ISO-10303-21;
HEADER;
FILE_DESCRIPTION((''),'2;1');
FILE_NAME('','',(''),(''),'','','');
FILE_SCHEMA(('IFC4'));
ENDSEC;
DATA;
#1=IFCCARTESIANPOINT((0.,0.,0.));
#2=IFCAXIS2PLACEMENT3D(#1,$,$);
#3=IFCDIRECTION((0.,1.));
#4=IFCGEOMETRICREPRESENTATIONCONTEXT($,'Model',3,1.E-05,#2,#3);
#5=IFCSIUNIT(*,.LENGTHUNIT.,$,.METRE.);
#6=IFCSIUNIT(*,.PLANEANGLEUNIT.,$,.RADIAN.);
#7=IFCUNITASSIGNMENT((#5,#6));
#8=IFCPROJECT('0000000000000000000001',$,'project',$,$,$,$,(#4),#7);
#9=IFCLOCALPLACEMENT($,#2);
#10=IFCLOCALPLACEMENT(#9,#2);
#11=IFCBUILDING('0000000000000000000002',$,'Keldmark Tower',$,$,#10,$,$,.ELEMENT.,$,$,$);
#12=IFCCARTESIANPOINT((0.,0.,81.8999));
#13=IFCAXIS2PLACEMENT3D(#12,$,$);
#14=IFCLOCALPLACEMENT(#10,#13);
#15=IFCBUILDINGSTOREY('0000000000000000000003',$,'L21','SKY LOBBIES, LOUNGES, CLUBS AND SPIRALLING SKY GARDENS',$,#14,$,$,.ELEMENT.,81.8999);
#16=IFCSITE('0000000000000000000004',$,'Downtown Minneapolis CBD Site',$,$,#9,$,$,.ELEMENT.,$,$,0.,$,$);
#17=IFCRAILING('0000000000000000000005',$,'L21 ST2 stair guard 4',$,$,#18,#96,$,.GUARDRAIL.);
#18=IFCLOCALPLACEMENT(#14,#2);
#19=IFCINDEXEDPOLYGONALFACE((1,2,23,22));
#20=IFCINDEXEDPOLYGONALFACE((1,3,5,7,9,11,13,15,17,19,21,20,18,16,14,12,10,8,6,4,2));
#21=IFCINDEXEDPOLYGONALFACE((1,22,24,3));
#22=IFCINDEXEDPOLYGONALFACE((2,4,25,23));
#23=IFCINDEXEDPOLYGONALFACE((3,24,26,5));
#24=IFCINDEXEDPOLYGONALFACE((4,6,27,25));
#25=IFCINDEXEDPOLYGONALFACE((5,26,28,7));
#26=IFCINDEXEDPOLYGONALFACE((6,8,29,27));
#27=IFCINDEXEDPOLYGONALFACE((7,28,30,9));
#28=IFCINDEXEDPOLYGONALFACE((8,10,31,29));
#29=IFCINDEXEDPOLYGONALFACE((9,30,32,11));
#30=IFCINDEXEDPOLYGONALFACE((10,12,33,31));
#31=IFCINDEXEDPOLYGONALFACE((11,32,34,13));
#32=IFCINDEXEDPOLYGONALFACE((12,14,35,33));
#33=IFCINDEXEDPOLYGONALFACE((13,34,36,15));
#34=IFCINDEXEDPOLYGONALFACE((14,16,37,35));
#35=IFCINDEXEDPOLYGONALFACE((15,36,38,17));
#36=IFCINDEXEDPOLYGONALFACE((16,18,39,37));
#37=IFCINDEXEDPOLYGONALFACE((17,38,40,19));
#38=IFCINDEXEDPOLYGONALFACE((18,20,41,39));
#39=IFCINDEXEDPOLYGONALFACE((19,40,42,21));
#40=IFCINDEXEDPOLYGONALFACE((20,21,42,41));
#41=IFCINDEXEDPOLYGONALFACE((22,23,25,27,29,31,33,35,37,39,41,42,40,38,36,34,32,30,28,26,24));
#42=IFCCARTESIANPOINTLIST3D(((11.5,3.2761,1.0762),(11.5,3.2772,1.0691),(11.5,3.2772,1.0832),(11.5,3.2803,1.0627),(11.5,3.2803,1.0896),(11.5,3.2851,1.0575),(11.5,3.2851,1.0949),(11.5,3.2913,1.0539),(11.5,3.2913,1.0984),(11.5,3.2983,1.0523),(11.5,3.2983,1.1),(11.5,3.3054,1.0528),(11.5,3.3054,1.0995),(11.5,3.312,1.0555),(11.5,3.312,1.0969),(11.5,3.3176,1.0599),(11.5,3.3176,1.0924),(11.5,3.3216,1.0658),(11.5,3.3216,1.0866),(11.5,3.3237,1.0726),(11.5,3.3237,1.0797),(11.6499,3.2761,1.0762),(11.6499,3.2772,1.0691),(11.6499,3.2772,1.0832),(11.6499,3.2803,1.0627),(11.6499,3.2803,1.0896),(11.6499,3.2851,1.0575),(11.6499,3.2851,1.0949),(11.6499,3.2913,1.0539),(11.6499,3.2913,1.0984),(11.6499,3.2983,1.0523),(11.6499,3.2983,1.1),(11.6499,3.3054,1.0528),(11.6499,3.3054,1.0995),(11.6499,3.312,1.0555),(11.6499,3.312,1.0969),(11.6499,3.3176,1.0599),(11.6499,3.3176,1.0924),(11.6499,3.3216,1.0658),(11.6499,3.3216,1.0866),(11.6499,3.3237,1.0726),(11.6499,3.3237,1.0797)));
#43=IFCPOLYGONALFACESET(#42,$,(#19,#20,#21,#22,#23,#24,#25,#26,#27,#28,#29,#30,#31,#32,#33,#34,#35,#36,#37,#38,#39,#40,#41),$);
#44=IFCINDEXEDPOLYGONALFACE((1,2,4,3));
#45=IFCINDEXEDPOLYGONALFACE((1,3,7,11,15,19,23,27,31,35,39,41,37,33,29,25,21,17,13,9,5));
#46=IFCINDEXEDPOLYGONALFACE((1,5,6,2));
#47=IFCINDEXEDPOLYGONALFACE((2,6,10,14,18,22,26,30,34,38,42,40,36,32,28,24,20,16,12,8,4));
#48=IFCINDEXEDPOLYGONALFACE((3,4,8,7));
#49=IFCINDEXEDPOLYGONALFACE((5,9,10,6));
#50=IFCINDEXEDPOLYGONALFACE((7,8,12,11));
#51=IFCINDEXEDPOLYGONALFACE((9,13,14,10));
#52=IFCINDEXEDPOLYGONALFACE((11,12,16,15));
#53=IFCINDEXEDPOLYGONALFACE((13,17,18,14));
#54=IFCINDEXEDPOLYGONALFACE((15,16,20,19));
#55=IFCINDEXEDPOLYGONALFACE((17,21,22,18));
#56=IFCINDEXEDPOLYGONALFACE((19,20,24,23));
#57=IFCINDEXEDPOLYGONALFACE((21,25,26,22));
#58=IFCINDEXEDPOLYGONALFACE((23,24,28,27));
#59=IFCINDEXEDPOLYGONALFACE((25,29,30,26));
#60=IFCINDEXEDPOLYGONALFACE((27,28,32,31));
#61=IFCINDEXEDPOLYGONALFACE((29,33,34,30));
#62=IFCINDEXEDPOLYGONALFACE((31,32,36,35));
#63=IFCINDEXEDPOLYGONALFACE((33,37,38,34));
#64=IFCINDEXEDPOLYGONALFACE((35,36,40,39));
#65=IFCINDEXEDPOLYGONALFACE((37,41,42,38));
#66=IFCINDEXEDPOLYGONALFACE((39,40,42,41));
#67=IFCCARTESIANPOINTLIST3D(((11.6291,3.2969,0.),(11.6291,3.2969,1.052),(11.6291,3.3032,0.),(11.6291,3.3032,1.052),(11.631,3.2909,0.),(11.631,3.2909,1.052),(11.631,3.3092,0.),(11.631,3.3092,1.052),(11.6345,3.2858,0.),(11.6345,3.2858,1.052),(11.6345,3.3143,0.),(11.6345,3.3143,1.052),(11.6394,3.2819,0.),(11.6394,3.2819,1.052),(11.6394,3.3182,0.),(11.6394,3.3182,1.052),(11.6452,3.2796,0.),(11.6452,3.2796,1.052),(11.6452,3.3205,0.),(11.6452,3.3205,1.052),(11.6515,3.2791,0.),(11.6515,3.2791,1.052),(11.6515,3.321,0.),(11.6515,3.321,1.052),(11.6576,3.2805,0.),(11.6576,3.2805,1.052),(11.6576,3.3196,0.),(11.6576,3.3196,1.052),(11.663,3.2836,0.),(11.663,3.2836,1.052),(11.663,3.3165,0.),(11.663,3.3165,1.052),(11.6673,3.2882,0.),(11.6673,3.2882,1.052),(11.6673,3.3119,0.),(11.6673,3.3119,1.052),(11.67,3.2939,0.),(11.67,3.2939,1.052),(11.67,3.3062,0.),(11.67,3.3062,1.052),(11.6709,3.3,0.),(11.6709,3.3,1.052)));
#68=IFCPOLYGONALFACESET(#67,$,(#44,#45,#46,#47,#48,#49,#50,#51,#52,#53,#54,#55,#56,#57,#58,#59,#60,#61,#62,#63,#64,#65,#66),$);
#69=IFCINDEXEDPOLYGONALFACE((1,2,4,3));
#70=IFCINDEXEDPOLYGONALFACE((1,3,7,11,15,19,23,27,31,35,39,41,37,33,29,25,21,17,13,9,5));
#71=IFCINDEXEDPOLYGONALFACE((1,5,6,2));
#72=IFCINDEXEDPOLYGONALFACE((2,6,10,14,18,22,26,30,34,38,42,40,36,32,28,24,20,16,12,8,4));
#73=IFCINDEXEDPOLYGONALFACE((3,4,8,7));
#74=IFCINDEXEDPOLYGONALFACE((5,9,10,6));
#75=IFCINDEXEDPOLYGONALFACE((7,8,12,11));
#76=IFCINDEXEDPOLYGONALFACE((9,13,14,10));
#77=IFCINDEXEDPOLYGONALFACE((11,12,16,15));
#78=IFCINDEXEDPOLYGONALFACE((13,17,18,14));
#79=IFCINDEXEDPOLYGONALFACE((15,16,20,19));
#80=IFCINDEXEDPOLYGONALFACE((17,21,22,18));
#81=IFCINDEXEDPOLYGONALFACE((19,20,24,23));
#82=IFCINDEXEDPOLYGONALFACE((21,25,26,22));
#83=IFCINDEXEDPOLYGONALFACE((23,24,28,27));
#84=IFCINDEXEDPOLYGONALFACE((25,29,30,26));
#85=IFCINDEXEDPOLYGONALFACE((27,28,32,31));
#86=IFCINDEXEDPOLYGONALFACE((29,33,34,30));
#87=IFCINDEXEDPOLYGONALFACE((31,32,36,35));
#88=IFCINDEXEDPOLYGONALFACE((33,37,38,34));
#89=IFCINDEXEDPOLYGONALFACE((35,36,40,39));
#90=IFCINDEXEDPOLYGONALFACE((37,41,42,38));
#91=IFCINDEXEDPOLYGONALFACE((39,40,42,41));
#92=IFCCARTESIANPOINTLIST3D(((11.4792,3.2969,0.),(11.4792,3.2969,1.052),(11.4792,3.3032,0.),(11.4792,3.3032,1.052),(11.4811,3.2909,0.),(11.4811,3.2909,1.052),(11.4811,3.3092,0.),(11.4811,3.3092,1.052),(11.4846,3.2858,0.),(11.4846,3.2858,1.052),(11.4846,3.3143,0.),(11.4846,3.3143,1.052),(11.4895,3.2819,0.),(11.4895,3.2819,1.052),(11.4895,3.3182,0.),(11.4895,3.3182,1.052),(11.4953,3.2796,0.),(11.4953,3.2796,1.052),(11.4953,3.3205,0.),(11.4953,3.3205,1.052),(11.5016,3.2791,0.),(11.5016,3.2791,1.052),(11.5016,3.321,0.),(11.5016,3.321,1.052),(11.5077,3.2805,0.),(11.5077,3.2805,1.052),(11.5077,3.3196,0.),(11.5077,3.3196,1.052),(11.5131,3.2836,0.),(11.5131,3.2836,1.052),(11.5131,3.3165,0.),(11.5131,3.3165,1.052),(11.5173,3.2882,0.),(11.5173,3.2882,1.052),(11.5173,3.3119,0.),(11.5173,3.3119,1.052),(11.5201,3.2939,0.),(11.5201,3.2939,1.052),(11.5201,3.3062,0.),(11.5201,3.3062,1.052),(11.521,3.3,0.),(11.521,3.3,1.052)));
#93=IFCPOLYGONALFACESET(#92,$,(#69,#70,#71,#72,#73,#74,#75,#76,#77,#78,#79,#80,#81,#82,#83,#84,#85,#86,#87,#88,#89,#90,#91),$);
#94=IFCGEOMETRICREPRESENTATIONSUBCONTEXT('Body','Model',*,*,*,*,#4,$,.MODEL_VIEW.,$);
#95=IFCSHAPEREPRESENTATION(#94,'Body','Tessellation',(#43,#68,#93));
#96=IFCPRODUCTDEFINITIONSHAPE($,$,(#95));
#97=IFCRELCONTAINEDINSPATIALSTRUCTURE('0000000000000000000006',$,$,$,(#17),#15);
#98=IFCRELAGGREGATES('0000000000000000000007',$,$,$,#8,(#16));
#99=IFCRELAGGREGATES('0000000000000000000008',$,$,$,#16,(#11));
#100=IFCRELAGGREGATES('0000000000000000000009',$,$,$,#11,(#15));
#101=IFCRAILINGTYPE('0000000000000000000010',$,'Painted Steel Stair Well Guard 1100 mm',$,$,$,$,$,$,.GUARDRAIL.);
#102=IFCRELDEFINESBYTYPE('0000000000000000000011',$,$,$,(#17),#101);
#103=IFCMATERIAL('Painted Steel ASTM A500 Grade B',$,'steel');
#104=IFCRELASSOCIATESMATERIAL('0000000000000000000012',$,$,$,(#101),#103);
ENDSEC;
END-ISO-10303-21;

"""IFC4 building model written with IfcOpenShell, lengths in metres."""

from ifc_helpers import new_model, si_unit, direction, frame, origin, origin_2d, place, context, subcontext, project, spatial, circle, extrude, material, type_object, element, save


model = new_model("IFC4")

# Units and contexts
model_context = context("Model", 3, precision=1e-05, world=origin(), true_north=direction((0.0, 1.0)))
body_context = subcontext(model_context, "Body", "Model", "MODEL_VIEW")
ifc_project = project(units=[si_unit("LENGTHUNIT", "METRE"), si_unit("PLANEANGLEUNIT", "RADIAN")], contexts=[model_context])

# Site, building, storey
site_placement = place(None, origin())
site = spatial("IfcSite", under=ifc_project, at=site_placement, Name="Downtown Minneapolis CBD Site", CompositionType="ELEMENT", RefElevation=0.0)
building_placement = place(site_placement, origin())
building = spatial("IfcBuilding", under=site, at=building_placement, Name="Keldmark Tower", CompositionType="ELEMENT")
storey_placement = place(building_placement, frame((0.0, 0.0, 81.8999)))
storey = spatial("IfcBuildingStorey", under=building, at=storey_placement, Name="L21", Description="SKY LOBBIES, LOUNGES, CLUBS AND SPIRALLING SKY GARDENS", CompositionType="ELEMENT", Elevation=81.8999)

# Railing
ifc_material_1 = material(Name="Painted Steel ASTM A500 Grade B", Category="steel")
railing_type_1 = type_object("IfcRailingType", Name="Painted Steel Stair Well Guard 1100 mm", PredefinedType="GUARDRAIL", material=ifc_material_1)
railing_1_placement = place(storey_placement, frame((11.6499, 3.3, 0.0)))
element("IfcRailing", 1, at=railing_1_placement, inside=storey, type_object=railing_type_1, Name="L21 ST2 stair guard 4", PredefinedType="GUARDRAIL", context=body_context, shape_type="SweptSolid", body=[
    extrude(circle(Radius=0.0239, at=origin_2d()), frame((0.0, 0.0, 1.0762), z_axis=(-1.0, 0.0, 0.0), x_axis=(0.0, -1.0, 0.0)), (0.0, 0.0, 1.0), 0.1499),
    extrude(circle(Radius=0.021, at=origin_2d()), origin(), (0.0, 0.0, 1.0), 1.052),
    extrude(circle(Radius=0.021, at=origin_2d()), frame((-0.1499, 0.0, 0.0)), (0.0, 0.0, 1.0), 1.052),
])

save(model, "model.ifc")
